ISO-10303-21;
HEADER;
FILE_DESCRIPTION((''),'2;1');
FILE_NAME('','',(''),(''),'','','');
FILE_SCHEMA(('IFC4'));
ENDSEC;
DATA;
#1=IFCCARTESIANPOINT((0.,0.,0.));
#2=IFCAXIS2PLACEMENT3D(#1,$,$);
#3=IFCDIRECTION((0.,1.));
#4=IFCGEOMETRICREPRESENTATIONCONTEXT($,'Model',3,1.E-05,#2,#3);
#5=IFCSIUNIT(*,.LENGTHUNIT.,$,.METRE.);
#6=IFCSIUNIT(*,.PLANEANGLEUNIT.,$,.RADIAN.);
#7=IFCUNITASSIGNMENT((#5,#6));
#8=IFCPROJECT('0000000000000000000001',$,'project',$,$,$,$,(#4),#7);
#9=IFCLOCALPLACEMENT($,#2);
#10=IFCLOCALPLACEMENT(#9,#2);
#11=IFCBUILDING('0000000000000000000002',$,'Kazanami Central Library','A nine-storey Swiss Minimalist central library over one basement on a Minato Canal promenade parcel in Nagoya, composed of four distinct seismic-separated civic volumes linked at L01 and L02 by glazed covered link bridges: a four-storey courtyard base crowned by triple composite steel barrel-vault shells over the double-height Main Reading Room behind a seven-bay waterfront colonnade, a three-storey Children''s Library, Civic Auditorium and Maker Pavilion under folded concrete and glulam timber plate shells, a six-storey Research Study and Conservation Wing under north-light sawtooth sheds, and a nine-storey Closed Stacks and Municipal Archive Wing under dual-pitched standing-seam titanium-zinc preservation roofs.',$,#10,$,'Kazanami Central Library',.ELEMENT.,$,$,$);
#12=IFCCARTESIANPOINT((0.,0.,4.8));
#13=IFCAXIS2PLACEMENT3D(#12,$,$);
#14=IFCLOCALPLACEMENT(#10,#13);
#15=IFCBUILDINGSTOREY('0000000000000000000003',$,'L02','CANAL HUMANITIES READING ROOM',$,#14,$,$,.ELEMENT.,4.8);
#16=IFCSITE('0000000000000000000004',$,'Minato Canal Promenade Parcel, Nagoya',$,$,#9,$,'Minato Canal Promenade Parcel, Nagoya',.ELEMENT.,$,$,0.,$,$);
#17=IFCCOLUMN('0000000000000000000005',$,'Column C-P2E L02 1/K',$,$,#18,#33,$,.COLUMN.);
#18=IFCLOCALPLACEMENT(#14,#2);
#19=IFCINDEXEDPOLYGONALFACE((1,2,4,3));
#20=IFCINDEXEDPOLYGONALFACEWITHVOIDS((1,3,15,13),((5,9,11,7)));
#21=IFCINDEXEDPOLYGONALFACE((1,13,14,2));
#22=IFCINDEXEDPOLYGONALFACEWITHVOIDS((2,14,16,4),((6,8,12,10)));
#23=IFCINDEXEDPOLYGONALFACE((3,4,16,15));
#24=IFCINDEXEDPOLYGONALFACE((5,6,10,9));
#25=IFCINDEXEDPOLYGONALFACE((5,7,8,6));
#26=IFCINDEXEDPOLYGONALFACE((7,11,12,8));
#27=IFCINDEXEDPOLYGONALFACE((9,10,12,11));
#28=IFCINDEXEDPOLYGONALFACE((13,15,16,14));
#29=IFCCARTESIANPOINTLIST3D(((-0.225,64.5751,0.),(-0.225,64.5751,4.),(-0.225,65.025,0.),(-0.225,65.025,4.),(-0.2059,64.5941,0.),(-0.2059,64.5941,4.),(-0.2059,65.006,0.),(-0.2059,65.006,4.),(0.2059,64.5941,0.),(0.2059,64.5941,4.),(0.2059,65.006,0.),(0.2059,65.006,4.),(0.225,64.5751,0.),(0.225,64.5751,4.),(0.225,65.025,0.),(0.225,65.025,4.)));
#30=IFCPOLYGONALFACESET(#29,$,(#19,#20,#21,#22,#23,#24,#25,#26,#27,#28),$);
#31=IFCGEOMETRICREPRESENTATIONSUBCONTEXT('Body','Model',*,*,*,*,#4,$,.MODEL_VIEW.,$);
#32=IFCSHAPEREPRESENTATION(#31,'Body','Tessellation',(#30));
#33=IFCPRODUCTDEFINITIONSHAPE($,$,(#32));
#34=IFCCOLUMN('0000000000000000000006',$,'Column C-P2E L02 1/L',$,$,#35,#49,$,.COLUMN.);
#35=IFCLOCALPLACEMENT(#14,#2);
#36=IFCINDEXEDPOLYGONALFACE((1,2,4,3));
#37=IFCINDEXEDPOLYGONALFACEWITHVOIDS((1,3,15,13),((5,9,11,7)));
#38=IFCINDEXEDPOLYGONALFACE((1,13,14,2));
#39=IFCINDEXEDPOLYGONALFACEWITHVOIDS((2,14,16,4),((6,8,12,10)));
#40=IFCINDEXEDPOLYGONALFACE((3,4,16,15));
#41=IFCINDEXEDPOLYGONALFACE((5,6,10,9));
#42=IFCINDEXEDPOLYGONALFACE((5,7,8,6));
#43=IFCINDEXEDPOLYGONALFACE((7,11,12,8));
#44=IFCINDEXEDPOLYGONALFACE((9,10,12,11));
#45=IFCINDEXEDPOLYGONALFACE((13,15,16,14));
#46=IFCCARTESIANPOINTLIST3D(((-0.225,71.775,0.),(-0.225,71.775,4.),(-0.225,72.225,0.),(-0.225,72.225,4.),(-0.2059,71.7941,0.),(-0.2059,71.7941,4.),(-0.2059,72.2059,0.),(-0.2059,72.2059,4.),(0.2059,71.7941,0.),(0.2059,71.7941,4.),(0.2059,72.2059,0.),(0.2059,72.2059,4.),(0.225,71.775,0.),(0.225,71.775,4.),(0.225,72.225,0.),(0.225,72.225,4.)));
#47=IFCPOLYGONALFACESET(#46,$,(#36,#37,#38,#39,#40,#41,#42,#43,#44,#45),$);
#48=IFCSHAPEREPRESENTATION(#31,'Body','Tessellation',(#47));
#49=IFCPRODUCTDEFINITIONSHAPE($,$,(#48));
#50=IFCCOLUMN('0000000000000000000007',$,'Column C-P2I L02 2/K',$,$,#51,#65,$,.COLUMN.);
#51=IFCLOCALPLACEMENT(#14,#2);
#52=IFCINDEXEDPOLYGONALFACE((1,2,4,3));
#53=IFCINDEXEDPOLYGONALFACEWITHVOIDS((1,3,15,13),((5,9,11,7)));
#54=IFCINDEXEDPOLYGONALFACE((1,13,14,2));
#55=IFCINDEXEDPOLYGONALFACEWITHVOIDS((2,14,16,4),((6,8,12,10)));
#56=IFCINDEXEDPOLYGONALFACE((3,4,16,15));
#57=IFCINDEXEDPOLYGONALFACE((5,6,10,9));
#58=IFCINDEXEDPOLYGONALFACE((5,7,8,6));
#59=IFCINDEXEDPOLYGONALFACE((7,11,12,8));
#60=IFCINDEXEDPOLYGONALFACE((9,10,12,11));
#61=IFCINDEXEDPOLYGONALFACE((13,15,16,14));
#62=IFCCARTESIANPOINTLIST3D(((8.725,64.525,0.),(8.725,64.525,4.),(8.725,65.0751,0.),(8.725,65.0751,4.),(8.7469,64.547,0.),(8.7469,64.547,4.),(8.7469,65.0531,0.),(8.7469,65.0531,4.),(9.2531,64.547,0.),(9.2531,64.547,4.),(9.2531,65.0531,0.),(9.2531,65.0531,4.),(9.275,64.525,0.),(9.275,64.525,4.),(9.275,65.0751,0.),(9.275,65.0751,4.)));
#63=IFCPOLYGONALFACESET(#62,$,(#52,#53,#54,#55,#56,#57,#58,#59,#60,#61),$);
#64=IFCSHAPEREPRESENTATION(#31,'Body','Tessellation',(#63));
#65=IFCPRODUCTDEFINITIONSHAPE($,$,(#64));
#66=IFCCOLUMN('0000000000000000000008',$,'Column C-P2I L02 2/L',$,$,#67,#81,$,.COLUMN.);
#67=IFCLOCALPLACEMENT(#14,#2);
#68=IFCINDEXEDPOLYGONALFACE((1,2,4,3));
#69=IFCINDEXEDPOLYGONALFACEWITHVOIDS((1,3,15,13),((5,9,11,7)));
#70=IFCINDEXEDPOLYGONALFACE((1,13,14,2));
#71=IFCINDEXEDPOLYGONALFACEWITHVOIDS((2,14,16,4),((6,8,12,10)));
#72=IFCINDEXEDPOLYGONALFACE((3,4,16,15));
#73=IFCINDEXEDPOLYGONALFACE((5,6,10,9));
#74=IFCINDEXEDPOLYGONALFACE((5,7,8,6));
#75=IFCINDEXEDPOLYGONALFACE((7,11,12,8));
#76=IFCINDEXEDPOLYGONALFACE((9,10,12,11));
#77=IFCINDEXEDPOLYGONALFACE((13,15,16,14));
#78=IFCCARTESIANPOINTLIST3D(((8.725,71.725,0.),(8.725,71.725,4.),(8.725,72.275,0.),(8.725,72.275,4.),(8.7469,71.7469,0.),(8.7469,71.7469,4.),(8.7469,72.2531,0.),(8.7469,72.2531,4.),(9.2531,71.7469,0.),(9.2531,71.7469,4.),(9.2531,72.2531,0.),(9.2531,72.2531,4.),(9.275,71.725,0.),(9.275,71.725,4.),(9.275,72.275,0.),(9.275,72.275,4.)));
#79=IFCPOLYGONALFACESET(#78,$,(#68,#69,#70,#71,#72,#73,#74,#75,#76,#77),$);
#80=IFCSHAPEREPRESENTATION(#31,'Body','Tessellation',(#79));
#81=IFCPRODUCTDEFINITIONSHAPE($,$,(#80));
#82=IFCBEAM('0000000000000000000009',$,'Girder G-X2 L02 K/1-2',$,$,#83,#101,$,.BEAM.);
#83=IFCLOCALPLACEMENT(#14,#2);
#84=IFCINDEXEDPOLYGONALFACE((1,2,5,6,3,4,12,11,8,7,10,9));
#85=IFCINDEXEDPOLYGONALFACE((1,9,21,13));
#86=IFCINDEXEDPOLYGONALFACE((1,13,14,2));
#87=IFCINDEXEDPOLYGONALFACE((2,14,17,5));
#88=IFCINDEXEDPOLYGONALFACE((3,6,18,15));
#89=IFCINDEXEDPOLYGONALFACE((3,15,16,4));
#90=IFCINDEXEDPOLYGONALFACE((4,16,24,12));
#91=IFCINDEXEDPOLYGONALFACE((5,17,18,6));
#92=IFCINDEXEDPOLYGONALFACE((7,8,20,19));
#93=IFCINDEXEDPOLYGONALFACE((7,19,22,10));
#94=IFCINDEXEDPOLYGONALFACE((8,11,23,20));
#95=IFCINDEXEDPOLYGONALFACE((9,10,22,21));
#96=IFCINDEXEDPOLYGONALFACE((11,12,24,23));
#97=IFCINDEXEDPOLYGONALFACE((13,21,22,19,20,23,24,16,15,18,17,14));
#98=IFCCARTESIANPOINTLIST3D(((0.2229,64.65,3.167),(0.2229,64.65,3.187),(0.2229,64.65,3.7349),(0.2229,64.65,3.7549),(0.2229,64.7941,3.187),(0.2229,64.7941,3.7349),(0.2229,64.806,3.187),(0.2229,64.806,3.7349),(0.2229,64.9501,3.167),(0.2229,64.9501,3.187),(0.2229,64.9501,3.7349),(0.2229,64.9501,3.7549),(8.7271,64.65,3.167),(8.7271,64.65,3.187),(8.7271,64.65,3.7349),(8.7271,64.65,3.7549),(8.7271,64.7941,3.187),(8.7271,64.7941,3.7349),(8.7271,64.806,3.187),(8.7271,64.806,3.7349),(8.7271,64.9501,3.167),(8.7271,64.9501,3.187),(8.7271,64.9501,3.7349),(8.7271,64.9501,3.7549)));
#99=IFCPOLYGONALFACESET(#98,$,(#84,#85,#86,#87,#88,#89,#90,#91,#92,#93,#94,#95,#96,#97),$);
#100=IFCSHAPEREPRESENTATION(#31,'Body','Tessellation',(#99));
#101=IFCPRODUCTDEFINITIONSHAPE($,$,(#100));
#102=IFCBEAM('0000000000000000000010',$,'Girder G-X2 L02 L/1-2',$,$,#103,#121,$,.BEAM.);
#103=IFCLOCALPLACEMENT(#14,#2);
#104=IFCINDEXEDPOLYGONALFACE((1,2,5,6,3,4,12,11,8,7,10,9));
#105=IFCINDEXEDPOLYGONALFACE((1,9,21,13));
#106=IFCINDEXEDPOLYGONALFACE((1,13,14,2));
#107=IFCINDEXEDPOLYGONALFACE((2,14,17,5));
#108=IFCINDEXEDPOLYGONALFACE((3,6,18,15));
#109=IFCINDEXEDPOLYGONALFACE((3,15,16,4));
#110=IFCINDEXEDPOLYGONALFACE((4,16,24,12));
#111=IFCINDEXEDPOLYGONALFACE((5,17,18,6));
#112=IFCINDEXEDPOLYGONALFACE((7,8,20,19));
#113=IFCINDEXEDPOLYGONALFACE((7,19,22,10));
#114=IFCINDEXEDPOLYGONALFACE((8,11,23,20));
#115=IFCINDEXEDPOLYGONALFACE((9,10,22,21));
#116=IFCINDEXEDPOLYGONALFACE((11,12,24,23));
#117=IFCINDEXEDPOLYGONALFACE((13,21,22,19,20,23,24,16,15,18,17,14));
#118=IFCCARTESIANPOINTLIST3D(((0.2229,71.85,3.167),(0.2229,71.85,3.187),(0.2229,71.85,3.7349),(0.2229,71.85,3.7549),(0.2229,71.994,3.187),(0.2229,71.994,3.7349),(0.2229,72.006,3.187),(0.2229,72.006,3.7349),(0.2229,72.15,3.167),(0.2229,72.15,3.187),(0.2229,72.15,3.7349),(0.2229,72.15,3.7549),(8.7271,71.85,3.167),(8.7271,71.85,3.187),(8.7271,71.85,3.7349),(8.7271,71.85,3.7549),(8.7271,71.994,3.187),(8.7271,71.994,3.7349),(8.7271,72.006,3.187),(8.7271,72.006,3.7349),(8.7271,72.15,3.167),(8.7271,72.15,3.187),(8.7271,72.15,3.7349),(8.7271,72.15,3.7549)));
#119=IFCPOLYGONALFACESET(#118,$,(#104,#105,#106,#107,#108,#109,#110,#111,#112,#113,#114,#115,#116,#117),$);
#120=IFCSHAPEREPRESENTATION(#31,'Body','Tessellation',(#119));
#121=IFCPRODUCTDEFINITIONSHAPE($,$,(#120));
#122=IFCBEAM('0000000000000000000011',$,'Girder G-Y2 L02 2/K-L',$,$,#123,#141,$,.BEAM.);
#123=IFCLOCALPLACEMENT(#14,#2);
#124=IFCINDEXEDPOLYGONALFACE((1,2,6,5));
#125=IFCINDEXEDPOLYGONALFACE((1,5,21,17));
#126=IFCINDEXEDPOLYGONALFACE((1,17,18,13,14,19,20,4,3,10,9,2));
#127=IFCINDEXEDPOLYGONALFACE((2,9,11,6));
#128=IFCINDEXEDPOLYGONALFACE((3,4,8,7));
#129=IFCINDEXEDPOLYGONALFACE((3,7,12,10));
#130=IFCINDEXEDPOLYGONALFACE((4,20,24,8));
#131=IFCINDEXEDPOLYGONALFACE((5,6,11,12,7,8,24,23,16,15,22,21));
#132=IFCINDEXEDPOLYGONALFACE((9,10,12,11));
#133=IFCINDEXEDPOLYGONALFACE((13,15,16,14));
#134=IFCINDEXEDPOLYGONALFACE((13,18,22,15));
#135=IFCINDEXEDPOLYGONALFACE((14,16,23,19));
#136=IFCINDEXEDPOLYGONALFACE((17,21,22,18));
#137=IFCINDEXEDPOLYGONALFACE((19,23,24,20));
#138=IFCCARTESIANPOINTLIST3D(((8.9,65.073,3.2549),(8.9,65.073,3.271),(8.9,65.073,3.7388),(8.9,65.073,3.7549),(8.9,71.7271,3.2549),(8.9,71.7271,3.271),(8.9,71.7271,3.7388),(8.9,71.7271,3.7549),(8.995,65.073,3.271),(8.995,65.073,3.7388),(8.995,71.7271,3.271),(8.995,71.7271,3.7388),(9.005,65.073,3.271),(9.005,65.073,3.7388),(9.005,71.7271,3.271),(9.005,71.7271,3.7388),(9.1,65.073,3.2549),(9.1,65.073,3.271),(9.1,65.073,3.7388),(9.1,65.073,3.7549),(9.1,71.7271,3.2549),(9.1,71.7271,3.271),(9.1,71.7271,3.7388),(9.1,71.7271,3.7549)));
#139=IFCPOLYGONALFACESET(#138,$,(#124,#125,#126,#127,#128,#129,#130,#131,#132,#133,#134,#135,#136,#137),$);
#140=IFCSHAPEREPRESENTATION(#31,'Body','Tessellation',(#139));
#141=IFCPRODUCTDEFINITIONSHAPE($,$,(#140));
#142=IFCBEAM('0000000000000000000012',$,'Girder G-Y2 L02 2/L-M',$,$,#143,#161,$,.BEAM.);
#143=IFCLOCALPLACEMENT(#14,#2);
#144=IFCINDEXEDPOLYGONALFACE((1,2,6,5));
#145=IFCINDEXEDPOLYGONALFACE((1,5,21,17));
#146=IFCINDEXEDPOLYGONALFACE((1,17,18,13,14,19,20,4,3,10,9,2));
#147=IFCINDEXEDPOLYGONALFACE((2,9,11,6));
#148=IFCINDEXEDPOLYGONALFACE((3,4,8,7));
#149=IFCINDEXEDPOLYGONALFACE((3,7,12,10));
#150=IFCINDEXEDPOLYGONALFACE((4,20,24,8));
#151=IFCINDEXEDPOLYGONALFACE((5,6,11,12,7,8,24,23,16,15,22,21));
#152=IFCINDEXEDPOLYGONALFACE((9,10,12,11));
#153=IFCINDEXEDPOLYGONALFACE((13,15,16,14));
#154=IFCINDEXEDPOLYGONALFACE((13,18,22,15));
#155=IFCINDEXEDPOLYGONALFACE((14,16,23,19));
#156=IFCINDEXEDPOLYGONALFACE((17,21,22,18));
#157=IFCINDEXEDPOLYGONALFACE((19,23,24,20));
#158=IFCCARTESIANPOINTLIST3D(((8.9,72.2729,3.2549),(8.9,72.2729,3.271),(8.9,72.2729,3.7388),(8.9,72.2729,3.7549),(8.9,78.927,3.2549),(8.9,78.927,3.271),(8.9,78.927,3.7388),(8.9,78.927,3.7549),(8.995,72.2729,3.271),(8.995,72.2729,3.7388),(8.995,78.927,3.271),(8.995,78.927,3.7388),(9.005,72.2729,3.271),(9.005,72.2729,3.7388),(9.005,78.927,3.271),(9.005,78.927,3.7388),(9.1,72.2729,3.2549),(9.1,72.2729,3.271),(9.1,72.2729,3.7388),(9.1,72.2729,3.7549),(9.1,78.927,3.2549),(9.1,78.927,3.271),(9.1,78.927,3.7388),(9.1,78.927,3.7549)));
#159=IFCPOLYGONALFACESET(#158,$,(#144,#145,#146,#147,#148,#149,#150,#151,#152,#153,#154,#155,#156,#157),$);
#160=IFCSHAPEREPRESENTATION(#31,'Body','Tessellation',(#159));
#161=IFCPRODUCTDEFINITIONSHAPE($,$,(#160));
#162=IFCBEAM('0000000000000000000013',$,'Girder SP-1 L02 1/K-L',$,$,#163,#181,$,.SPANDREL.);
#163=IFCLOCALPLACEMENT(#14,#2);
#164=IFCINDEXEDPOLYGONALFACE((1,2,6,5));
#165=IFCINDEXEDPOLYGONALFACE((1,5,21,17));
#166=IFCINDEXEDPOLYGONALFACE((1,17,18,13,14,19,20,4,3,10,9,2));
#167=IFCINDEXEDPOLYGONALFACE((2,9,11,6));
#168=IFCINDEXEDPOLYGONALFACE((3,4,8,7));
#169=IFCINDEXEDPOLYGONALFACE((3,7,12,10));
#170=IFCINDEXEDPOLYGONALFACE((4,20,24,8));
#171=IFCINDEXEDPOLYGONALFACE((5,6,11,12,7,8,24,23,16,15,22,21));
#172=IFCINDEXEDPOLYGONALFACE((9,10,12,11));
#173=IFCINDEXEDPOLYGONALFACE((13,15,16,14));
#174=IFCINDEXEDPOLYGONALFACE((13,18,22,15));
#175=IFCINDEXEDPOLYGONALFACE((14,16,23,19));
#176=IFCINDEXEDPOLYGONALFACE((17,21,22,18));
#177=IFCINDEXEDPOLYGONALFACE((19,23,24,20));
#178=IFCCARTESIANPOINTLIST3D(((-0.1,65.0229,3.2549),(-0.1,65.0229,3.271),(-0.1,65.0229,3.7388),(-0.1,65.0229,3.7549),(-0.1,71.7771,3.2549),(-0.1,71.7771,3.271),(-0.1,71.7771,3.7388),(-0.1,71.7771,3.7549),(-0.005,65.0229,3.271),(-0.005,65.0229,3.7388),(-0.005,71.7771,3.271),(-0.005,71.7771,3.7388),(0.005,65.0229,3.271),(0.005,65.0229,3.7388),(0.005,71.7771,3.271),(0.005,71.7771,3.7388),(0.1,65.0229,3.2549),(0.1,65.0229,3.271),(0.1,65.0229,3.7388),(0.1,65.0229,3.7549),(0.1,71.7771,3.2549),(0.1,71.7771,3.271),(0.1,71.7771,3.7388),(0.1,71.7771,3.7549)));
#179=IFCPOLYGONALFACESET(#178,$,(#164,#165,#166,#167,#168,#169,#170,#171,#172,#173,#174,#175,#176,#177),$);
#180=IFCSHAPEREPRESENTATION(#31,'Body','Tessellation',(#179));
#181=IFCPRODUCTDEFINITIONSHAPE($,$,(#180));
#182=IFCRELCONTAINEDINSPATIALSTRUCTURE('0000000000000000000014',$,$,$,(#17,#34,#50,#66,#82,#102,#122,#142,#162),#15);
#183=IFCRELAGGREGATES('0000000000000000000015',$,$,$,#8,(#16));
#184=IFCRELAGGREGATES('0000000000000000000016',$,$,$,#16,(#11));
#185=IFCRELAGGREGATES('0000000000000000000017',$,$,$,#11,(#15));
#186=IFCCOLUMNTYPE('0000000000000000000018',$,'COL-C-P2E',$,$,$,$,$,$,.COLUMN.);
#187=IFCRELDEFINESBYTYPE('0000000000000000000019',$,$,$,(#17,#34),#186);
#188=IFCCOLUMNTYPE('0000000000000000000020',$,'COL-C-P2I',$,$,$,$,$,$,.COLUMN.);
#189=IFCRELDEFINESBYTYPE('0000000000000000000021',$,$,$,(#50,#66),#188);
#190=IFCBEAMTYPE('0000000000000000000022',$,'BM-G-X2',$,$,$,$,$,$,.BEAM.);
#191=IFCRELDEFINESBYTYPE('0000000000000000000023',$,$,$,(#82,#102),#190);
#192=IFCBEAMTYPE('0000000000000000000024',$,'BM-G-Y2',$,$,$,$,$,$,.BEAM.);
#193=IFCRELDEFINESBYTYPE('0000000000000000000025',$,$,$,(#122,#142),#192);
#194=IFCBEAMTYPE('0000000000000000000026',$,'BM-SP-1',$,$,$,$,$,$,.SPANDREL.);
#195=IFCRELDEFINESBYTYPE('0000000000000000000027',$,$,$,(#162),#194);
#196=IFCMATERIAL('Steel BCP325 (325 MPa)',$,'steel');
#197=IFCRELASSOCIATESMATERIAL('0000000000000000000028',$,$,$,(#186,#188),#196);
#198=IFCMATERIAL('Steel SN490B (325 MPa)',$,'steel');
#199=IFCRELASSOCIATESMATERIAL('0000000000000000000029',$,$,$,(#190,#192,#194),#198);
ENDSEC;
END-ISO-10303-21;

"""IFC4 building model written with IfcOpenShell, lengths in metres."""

from ifc_helpers import new_model, si_unit, direction, frame, origin, origin_2d, place, context, subcontext, project, spatial, hollow_rectangle, i_section, extrude, material, material_profile, profile_set, type_object, element, save


model = new_model("IFC4")

# Units and contexts
model_context = context("Model", 3, precision=1e-05, world=origin(), true_north=direction((0.0, 1.0)))
body_context = subcontext(model_context, "Body", "Model", "MODEL_VIEW")
ifc_project = project(units=[si_unit("LENGTHUNIT", "METRE"), si_unit("PLANEANGLEUNIT", "RADIAN")], contexts=[model_context])

# Site, building, storey
site_placement = place(None, origin())
site = spatial("IfcSite", under=ifc_project, at=site_placement, Name="Minato Canal Promenade Parcel, Nagoya", LongName="Minato Canal Promenade Parcel, Nagoya", CompositionType="ELEMENT", RefElevation=0.0)
building_placement = place(site_placement, origin())
building = spatial("IfcBuilding", under=site, at=building_placement, Name="Kazanami Central Library", Description="A nine-storey Swiss Minimalist central library over one basement on a Minato Canal promenade parcel in Nagoya, composed of four distinct seismic-separated civic volumes linked at L01 and L02 by glazed covered link bridges: a four-storey courtyard base crowned by triple composite steel barrel-vault shells over the double-height Main Reading Room behind a seven-bay waterfront colonnade, a three-storey Children's Library, Civic Auditorium and Maker Pavilion under folded concrete and glulam timber plate shells, a six-storey Research Study and Conservation Wing under north-light sawtooth sheds, and a nine-storey Closed Stacks and Municipal Archive Wing under dual-pitched standing-seam titanium-zinc preservation roofs.", LongName="Kazanami Central Library", CompositionType="ELEMENT")
storey_placement = place(building_placement, frame((0.0, 0.0, 4.8)))
storey = spatial("IfcBuildingStorey", under=building, at=storey_placement, Name="L02", Description="CANAL HUMANITIES READING ROOM", CompositionType="ELEMENT", Elevation=4.8)

# Columns
ifc_material_1 = material(Name="Steel BCP325 (325 MPa)", Category="steel")
ifc_material_profile_1 = material_profile(ifc_material_1, hollow_rectangle(XDim=0.45, YDim=0.45, WallThickness=0.019, at=origin_2d()), Name="BCP-450x450x19")
ifc_profile_set_1 = profile_set([ifc_material_profile_1], Name="Steel BCP325 (325 MPa)")
column_type_1 = type_object("IfcColumnType", Name="COL-C-P2E", PredefinedType="COLUMN", material=ifc_profile_set_1)
for number, where, z_axis, x_axis, name in (
    (1, (0.0, 64.8, 0.0), (0.0, 0.0, 1.0), (1.0, 0.0, 0.0), "Column C-P2E L02 1/K"),
    (2, (0.0, 72.0, 0.0), (0.0, 0.0, 1.0), (1.0, 0.0, 0.0), "Column C-P2E L02 1/L"),
):
    element("IfcColumn", number, at=place(storey_placement, frame(where, z_axis=z_axis, x_axis=x_axis)), inside=storey, type_object=column_type_1, Name=name, PredefinedType="COLUMN", context=body_context, shape_type="SweptSolid", body=[
        extrude(hollow_rectangle(XDim=0.45, YDim=0.45, WallThickness=0.019, at=origin_2d()), origin(), (0.0, 0.0, 1.0), 4.0),
    ])
ifc_material_profile_2 = material_profile(ifc_material_1, hollow_rectangle(XDim=0.55, YDim=0.55, WallThickness=0.022, at=origin_2d()), Name="BCP-550x550x22")
ifc_profile_set_2 = profile_set([ifc_material_profile_2], Name="Steel BCP325 (325 MPa)")
column_type_2 = type_object("IfcColumnType", Name="COL-C-P2I", PredefinedType="COLUMN", material=ifc_profile_set_2)
for number, where, z_axis, x_axis, name in (
    (3, (9.0, 64.8, 0.0), (0.0, 0.0, 1.0), (1.0, 0.0, 0.0), "Column C-P2I L02 2/K"),
    (4, (9.0, 72.0, 0.0), (0.0, 0.0, 1.0), (1.0, 0.0, 0.0), "Column C-P2I L02 2/L"),
):
    element("IfcColumn", number, at=place(storey_placement, frame(where, z_axis=z_axis, x_axis=x_axis)), inside=storey, type_object=column_type_2, Name=name, PredefinedType="COLUMN", context=body_context, shape_type="SweptSolid", body=[
        extrude(hollow_rectangle(XDim=0.55, YDim=0.55, WallThickness=0.022, at=origin_2d()), origin(), (0.0, 0.0, 1.0), 4.0),
    ])

# Beams
ifc_material_2 = material(Name="Steel SN490B (325 MPa)", Category="steel")
ifc_material_profile_3 = material_profile(ifc_material_2, i_section(OverallWidth=0.3, OverallDepth=0.5879, WebThickness=0.012, FlangeThickness=0.02, at=origin_2d()), Name="H-588x300x12x20")
ifc_profile_set_3 = profile_set([ifc_material_profile_3], Name="Steel SN490B (325 MPa)")
beam_type_1 = type_object("IfcBeamType", Name="BM-G-X2", PredefinedType="BEAM", material=ifc_profile_set_3)
for number, where, z_axis, x_axis, name in (
    (5, (0.2229, 64.8, 3.4609), (1.0, 0.0, 0.0), (0.0, 1.0, 0.0), "Girder G-X2 L02 K/1-2"),
    (6, (0.2229, 72.0, 3.4609), (1.0, 0.0, 0.0), (0.0, 1.0, 0.0), "Girder G-X2 L02 L/1-2"),
):
    element("IfcBeam", number, at=place(storey_placement, frame(where, z_axis=z_axis, x_axis=x_axis)), inside=storey, type_object=beam_type_1, Name=name, PredefinedType="BEAM", context=body_context, shape_type="SweptSolid", body=[
        extrude(i_section(OverallWidth=0.3, OverallDepth=0.5879, WebThickness=0.012, FlangeThickness=0.02, at=origin_2d()), origin(), (0.0, 0.0, 1.0), 8.5042),
    ])
ifc_material_profile_4 = material_profile(ifc_material_2, i_section(OverallWidth=0.2, OverallDepth=0.5, WebThickness=0.01, FlangeThickness=0.0161, at=origin_2d()), Name="H-500x200x10x16")
ifc_profile_set_4 = profile_set([ifc_material_profile_4], Name="Steel SN490B (325 MPa)")
beam_type_2 = type_object("IfcBeamType", Name="BM-G-Y2", PredefinedType="BEAM", material=ifc_profile_set_4)
for number, where, z_axis, x_axis, name in (
    (7, (9.0, 65.073, 3.5049), (0.0, 1.0, 0.0), (-1.0, 0.0, 0.0), "Girder G-Y2 L02 2/K-L"),
    (8, (9.0, 72.2729, 3.5049), (0.0, 1.0, 0.0), (-1.0, 0.0, 0.0), "Girder G-Y2 L02 2/L-M"),
):
    element("IfcBeam", number, at=place(storey_placement, frame(where, z_axis=z_axis, x_axis=x_axis)), inside=storey, type_object=beam_type_2, Name=name, PredefinedType="BEAM", context=body_context, shape_type="SweptSolid", body=[
        extrude(i_section(OverallWidth=0.2, OverallDepth=0.5, WebThickness=0.01, FlangeThickness=0.0161, at=origin_2d()), origin(), (0.0, 0.0, 1.0), 6.6541),
    ])
ifc_material_profile_5 = material_profile(ifc_material_2, i_section(OverallWidth=0.2, OverallDepth=0.5, WebThickness=0.01, FlangeThickness=0.0161, at=origin_2d()), Name="H-500x200x10x16")
ifc_profile_set_5 = profile_set([ifc_material_profile_5], Name="Steel SN490B (325 MPa)")
beam_type_3 = type_object("IfcBeamType", Name="BM-SP-1", PredefinedType="SPANDREL", material=ifc_profile_set_5)
for number, where, z_axis, x_axis, name in (
    (9, (0.0, 65.0229, 3.5049), (0.0, 1.0, 0.0), (-1.0, 0.0, 0.0), "Girder SP-1 L02 1/K-L"),
):
    element("IfcBeam", number, at=place(storey_placement, frame(where, z_axis=z_axis, x_axis=x_axis)), inside=storey, type_object=beam_type_3, Name=name, PredefinedType="SPANDREL", context=body_context, shape_type="SweptSolid", body=[
        extrude(i_section(OverallWidth=0.2, OverallDepth=0.5, WebThickness=0.01, FlangeThickness=0.0161, at=origin_2d()), origin(), (0.0, 0.0, 1.0), 6.7542),
    ])

save(model, "model.ifc")
